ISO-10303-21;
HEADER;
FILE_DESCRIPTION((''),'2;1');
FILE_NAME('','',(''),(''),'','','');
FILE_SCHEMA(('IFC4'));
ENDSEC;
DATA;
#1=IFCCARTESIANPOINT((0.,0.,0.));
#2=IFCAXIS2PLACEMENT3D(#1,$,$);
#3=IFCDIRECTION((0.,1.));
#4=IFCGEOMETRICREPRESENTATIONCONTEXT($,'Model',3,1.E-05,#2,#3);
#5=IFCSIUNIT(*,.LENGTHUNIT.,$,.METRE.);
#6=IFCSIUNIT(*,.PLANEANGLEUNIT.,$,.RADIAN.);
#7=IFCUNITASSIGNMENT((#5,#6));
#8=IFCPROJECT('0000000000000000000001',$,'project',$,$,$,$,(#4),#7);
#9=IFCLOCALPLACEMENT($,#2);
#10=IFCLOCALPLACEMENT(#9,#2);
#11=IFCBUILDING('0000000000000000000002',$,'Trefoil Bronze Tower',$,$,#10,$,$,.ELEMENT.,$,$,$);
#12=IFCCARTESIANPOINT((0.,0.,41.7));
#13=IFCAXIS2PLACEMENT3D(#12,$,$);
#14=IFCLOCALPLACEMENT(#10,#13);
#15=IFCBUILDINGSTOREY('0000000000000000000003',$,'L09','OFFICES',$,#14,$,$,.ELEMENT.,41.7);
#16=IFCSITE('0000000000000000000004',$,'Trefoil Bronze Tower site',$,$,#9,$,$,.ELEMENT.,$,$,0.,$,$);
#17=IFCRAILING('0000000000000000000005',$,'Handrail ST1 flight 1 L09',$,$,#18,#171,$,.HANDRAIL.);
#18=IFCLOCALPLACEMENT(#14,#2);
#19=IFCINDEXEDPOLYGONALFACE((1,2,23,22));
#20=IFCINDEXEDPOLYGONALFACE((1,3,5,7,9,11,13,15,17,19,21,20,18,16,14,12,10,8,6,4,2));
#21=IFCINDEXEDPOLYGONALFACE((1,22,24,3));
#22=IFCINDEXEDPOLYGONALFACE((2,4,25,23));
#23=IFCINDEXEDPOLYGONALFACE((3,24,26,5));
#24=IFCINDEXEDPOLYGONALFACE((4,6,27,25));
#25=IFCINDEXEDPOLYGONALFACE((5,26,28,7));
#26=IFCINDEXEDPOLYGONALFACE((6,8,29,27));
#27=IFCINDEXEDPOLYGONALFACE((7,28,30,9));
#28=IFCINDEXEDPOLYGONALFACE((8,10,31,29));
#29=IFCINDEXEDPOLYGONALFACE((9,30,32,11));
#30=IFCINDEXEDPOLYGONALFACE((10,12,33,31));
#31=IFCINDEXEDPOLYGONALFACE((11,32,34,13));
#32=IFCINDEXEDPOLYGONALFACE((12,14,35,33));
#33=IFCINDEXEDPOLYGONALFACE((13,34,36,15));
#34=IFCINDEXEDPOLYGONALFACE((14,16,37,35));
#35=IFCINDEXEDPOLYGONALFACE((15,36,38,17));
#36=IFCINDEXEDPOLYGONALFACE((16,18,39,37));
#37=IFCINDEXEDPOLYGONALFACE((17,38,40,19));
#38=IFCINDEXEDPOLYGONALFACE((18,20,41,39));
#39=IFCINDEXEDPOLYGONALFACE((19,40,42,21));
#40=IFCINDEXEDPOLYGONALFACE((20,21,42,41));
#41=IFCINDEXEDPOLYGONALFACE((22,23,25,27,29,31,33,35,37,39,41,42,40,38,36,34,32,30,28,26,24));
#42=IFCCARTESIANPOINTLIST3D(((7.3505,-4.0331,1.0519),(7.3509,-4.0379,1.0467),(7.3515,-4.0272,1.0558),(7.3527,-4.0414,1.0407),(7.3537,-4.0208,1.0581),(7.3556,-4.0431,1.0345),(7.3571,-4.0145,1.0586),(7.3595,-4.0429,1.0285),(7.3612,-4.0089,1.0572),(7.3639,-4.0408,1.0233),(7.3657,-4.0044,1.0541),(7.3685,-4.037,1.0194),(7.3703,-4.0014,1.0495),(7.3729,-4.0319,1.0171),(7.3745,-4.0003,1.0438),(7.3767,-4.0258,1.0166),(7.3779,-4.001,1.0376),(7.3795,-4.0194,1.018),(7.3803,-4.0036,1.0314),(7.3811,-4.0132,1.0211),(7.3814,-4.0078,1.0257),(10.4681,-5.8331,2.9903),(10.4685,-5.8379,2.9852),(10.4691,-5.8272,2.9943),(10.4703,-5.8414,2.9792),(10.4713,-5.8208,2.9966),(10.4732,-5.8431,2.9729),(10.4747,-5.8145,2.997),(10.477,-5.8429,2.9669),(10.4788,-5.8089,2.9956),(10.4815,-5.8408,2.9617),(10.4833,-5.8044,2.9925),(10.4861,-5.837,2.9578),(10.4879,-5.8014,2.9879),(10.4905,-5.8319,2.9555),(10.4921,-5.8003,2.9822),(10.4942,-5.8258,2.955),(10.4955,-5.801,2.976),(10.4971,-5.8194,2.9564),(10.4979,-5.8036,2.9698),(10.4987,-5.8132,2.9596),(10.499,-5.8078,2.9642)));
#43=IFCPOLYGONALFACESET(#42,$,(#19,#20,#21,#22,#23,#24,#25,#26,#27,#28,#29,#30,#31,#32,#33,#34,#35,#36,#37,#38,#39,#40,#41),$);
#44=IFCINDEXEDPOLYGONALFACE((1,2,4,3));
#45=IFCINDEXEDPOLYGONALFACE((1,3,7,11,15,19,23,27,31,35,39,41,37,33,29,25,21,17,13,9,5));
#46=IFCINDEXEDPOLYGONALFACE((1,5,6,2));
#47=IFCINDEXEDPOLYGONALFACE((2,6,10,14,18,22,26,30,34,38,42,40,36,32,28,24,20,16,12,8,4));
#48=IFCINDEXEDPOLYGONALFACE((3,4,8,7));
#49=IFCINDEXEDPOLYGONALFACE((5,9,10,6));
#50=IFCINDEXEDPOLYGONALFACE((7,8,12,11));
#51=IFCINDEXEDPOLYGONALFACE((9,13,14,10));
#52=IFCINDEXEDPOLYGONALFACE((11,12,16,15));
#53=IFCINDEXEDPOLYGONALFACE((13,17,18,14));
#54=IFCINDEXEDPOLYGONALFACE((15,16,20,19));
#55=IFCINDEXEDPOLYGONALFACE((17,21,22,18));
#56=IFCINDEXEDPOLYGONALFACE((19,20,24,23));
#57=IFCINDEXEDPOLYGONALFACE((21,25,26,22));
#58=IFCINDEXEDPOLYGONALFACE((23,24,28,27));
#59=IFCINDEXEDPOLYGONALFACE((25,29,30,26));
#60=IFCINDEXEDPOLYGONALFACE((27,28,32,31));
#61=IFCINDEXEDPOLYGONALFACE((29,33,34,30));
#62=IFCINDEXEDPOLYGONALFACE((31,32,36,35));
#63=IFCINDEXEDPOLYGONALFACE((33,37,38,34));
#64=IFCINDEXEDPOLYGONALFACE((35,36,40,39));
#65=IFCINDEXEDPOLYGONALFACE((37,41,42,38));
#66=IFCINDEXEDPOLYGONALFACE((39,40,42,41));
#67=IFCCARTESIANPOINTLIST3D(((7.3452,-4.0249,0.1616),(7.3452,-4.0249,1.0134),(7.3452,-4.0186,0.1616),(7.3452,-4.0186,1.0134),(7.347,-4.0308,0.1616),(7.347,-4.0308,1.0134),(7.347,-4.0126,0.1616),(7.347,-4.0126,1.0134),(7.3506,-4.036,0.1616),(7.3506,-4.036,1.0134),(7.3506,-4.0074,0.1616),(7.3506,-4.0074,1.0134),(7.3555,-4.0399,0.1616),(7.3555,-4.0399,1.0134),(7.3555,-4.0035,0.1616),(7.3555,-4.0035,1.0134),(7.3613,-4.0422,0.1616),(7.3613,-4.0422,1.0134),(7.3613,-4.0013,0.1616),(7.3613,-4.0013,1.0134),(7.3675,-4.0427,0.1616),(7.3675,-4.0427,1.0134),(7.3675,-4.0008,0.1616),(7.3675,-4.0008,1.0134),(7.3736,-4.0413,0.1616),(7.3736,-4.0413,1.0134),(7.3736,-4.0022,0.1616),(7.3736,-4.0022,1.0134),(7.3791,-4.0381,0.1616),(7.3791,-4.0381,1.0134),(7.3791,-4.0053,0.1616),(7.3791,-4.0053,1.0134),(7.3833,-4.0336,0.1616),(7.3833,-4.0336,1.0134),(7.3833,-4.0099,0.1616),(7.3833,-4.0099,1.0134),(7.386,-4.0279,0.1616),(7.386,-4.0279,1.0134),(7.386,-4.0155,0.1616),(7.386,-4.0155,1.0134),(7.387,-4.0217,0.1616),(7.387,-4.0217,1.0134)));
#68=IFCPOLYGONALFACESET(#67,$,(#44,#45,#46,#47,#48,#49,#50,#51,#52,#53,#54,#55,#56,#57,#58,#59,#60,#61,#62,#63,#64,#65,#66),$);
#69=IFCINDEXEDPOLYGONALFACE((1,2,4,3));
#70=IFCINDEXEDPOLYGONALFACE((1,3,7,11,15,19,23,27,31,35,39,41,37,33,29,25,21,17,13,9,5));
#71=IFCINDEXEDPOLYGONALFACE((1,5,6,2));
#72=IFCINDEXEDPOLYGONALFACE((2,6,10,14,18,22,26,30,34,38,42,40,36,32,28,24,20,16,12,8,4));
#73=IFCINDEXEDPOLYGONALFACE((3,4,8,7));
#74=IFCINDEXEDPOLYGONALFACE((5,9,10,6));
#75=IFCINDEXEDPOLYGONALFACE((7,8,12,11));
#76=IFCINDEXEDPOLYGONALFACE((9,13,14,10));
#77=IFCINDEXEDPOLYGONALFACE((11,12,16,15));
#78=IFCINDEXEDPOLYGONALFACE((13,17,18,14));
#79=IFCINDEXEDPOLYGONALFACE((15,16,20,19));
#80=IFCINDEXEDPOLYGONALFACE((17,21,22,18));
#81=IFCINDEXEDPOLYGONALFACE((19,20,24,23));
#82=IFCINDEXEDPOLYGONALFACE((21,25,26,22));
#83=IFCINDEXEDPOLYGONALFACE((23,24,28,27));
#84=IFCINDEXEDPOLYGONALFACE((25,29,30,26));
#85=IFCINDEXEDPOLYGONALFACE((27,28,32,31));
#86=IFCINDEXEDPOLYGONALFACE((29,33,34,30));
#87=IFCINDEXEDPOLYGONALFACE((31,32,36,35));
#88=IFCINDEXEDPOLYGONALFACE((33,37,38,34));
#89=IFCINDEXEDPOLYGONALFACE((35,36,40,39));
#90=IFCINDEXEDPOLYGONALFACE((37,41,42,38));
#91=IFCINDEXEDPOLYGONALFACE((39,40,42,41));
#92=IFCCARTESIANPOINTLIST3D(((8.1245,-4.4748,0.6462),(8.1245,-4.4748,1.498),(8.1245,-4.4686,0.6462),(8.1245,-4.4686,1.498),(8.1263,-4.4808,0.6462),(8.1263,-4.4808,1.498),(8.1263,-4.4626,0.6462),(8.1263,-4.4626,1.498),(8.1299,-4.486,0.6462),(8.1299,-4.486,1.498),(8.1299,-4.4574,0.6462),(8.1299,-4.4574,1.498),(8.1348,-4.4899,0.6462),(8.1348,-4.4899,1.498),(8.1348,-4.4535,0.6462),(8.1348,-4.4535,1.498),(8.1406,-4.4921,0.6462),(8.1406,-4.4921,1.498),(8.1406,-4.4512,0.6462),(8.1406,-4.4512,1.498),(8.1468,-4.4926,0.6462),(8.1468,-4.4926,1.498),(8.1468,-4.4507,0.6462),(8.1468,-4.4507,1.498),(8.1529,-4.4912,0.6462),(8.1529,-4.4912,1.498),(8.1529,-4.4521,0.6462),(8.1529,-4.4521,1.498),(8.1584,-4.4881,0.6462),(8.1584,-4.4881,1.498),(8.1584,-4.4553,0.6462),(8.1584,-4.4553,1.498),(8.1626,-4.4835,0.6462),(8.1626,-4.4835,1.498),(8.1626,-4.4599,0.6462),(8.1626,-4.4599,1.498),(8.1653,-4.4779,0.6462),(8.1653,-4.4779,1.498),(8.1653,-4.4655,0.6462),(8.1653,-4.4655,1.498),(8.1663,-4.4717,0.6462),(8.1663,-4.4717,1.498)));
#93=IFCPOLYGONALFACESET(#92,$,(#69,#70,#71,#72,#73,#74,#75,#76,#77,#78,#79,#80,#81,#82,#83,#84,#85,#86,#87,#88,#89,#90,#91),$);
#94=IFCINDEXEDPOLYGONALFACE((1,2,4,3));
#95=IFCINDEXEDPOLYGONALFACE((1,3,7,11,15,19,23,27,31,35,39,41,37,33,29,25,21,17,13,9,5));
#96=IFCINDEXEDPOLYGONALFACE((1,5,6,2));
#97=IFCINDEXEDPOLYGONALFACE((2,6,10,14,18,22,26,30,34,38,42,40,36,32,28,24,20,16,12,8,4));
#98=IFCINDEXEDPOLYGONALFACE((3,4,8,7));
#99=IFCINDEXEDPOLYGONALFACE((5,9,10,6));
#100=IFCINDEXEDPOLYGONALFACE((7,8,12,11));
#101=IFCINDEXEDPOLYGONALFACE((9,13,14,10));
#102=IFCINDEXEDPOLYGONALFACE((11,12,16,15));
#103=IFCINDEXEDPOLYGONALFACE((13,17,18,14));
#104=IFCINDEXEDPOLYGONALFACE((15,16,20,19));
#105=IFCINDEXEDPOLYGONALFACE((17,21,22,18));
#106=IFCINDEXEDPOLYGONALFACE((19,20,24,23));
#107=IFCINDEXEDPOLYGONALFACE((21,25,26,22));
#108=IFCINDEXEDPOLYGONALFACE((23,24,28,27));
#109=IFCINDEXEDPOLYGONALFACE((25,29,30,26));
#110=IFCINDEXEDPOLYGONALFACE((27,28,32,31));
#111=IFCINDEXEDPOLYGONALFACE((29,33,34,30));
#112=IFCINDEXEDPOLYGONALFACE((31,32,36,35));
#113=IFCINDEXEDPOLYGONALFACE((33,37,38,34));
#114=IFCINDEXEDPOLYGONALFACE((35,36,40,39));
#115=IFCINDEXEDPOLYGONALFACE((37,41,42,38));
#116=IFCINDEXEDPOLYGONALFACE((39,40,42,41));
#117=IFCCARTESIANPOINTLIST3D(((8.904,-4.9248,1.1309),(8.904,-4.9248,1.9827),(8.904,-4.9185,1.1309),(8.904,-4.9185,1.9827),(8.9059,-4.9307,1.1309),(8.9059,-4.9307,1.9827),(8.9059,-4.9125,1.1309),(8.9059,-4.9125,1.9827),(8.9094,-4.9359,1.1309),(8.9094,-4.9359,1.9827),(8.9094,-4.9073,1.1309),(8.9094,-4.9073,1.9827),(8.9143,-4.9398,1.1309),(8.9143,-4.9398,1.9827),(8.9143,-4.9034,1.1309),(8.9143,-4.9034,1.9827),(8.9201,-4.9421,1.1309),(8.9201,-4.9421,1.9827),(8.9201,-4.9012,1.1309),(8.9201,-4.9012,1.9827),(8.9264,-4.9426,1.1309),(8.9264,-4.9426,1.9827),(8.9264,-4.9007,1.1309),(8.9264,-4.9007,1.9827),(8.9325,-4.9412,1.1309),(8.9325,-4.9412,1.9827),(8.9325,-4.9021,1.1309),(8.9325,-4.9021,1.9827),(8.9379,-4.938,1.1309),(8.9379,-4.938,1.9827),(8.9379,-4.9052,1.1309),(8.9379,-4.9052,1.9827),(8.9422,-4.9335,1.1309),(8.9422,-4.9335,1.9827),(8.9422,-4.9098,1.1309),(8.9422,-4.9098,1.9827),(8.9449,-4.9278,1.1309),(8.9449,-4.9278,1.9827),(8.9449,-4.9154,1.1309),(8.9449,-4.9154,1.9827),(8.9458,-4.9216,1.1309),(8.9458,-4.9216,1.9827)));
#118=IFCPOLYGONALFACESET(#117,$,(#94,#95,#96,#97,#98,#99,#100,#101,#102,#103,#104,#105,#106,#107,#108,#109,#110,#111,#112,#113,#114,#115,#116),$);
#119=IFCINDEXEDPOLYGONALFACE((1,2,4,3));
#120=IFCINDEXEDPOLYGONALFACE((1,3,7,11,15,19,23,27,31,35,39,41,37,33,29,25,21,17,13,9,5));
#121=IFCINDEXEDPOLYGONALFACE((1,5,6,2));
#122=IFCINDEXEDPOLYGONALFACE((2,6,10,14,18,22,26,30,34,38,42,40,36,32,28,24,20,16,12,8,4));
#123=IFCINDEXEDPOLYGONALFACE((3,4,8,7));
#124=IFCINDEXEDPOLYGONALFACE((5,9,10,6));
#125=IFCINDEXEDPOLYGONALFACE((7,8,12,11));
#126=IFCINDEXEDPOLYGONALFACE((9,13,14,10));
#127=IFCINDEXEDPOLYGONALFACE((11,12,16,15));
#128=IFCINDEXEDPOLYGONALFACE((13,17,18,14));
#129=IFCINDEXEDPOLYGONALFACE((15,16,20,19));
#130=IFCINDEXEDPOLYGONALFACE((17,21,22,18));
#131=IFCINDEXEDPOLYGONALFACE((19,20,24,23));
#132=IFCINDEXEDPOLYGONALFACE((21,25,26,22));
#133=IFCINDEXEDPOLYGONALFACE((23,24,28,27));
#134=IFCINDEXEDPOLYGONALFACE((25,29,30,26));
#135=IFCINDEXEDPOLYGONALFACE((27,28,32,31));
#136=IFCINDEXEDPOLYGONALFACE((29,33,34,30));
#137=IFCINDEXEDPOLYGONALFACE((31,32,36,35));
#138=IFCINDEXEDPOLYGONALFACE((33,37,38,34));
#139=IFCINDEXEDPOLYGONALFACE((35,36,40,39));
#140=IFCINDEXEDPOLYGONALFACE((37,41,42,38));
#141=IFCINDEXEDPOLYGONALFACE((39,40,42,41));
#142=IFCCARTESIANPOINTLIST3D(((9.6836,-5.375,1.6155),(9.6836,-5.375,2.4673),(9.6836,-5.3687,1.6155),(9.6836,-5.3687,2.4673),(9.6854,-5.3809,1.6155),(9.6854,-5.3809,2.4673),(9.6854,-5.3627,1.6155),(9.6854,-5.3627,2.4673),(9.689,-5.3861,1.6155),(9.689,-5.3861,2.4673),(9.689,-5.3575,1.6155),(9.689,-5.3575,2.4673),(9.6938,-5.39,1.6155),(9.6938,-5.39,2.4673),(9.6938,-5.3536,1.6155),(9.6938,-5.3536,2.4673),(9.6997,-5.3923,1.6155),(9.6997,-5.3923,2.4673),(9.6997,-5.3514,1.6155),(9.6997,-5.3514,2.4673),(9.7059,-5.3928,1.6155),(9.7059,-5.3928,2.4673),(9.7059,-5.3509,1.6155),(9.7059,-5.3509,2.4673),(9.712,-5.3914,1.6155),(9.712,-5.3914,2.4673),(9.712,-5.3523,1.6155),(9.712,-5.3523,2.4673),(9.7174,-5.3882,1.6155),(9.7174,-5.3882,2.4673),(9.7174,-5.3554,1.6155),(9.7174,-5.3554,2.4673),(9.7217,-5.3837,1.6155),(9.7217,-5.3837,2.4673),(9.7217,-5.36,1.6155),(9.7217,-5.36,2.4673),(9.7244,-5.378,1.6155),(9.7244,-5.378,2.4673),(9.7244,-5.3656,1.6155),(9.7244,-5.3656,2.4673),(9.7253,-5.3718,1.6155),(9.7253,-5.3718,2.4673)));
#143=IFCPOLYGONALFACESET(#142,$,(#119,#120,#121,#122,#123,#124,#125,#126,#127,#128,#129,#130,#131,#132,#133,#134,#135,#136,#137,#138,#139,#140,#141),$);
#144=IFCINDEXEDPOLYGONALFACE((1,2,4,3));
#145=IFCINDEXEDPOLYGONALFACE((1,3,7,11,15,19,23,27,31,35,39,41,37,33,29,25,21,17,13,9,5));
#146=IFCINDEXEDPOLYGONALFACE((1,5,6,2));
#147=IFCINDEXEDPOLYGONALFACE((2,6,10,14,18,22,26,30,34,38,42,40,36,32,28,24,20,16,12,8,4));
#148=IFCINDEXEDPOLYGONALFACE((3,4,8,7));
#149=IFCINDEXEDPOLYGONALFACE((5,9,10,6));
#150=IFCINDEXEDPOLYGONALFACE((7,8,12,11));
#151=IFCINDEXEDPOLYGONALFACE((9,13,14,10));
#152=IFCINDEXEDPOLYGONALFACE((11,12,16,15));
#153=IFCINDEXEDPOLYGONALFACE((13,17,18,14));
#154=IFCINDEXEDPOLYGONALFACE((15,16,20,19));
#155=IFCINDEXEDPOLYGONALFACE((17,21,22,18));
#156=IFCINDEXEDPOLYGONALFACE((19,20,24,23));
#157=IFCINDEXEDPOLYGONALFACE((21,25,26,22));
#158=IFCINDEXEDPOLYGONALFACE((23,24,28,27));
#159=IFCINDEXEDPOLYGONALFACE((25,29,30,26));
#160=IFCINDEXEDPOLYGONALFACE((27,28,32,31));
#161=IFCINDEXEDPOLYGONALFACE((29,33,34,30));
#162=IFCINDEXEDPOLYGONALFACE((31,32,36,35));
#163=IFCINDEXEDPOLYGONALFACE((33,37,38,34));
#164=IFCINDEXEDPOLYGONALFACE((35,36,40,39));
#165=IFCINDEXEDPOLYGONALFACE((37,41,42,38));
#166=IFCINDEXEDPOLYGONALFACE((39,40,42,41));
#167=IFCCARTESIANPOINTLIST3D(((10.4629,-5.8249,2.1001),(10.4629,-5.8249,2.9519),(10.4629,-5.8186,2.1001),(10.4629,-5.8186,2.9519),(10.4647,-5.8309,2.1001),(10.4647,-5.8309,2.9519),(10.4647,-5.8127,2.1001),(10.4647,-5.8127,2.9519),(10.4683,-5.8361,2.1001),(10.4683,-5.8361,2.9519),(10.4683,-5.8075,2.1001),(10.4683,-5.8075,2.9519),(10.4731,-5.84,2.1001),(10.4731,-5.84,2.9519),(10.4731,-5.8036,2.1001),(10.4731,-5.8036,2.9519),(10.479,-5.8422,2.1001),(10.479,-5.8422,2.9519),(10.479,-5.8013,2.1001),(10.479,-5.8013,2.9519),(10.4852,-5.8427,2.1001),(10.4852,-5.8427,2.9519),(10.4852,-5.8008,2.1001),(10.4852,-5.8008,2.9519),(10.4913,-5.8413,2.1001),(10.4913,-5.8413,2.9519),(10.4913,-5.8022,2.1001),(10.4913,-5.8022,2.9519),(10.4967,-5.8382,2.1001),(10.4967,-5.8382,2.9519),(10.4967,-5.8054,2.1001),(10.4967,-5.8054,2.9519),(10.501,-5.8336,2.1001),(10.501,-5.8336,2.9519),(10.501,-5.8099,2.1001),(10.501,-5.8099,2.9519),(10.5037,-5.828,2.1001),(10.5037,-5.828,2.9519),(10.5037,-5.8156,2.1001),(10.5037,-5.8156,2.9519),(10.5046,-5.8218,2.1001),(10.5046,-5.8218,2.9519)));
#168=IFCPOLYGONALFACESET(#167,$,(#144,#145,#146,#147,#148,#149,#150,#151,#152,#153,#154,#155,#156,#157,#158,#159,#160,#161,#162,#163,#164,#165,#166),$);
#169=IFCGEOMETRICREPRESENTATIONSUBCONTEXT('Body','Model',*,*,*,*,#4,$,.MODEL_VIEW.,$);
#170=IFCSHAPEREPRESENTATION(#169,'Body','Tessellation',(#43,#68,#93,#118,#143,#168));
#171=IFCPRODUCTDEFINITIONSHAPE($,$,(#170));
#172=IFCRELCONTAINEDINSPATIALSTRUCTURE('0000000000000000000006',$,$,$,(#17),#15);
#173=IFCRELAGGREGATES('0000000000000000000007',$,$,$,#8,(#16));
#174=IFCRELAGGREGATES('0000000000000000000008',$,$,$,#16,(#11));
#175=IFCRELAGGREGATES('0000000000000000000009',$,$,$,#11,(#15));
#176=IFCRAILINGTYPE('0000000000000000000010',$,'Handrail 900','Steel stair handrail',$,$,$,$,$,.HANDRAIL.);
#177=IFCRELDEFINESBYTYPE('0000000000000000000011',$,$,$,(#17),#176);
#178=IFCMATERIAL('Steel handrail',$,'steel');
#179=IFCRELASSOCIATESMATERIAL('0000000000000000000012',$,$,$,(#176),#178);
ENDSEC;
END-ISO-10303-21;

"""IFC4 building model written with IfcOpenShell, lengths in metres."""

from ifc_helpers import new_model, si_unit, direction, frame, origin, origin_2d, place, context, subcontext, project, spatial, circle, extrude, material, type_object, element, save


model = new_model("IFC4")

# Units and contexts
model_context = context("Model", 3, precision=1e-05, world=origin(), true_north=direction((0.0, 1.0)))
body_context = subcontext(model_context, "Body", "Model", "MODEL_VIEW")
ifc_project = project(units=[si_unit("LENGTHUNIT", "METRE"), si_unit("PLANEANGLEUNIT", "RADIAN")], contexts=[model_context])

# Site, building, storey
site_placement = place(None, origin())
site = spatial("IfcSite", under=ifc_project, at=site_placement, Name="Trefoil Bronze Tower site", CompositionType="ELEMENT", RefElevation=0.0)
building_placement = place(site_placement, origin())
building = spatial("IfcBuilding", under=site, at=building_placement, Name="Trefoil Bronze Tower", CompositionType="ELEMENT")
storey_placement = place(building_placement, frame((0.0, 0.0, 41.7)))
storey = spatial("IfcBuildingStorey", under=building, at=storey_placement, Name="L09", Description="OFFICES", CompositionType="ELEMENT", Elevation=41.7)

# Railing
ifc_material_1 = material(Name="Steel handrail", Category="steel")
railing_type = type_object("IfcRailingType", Name="Handrail 900", Description="Steel stair handrail", PredefinedType="HANDRAIL", material=ifc_material_1)
railing_placement = place(storey_placement, frame((7.366, -4.0217, 0.1616)))
element("IfcRailing", 1, at=railing_placement, inside=storey, type_object=railing_type, Name="Handrail ST1 flight 1 L09", PredefinedType="HANDRAIL", context=body_context, shape_type="SweptSolid", body=[
    extrude(circle(Radius=0.0239, at=origin_2d()), frame((0.0, 0.0, 0.876), z_axis=(0.762503, -0.440246, 0.474102), x_axis=(0.500012, 0.866018, 0.0)), (0.0, 0.0, 1.0), 4.0886),
    extrude(circle(Radius=0.021, at=origin_2d()), origin(), (0.0, 0.0, 1.0), 0.8518),
    extrude(circle(Radius=0.021, at=origin_2d()), frame((0.7793, -0.45, 0.4846)), (0.0, 0.0, 1.0), 0.8518),
    extrude(circle(Radius=0.021, at=origin_2d()), frame((1.5588, -0.8999, 0.9692)), (0.0, 0.0, 1.0), 0.8518),
    extrude(circle(Radius=0.021, at=origin_2d()), frame((2.3384, -1.3501, 1.4539)), (0.0, 0.0, 1.0), 0.8518),
    extrude(circle(Radius=0.021, at=origin_2d()), frame((3.1177, -1.8, 1.9385)), (0.0, 0.0, 1.0), 0.8518),
])

save(model, "model.ifc")
